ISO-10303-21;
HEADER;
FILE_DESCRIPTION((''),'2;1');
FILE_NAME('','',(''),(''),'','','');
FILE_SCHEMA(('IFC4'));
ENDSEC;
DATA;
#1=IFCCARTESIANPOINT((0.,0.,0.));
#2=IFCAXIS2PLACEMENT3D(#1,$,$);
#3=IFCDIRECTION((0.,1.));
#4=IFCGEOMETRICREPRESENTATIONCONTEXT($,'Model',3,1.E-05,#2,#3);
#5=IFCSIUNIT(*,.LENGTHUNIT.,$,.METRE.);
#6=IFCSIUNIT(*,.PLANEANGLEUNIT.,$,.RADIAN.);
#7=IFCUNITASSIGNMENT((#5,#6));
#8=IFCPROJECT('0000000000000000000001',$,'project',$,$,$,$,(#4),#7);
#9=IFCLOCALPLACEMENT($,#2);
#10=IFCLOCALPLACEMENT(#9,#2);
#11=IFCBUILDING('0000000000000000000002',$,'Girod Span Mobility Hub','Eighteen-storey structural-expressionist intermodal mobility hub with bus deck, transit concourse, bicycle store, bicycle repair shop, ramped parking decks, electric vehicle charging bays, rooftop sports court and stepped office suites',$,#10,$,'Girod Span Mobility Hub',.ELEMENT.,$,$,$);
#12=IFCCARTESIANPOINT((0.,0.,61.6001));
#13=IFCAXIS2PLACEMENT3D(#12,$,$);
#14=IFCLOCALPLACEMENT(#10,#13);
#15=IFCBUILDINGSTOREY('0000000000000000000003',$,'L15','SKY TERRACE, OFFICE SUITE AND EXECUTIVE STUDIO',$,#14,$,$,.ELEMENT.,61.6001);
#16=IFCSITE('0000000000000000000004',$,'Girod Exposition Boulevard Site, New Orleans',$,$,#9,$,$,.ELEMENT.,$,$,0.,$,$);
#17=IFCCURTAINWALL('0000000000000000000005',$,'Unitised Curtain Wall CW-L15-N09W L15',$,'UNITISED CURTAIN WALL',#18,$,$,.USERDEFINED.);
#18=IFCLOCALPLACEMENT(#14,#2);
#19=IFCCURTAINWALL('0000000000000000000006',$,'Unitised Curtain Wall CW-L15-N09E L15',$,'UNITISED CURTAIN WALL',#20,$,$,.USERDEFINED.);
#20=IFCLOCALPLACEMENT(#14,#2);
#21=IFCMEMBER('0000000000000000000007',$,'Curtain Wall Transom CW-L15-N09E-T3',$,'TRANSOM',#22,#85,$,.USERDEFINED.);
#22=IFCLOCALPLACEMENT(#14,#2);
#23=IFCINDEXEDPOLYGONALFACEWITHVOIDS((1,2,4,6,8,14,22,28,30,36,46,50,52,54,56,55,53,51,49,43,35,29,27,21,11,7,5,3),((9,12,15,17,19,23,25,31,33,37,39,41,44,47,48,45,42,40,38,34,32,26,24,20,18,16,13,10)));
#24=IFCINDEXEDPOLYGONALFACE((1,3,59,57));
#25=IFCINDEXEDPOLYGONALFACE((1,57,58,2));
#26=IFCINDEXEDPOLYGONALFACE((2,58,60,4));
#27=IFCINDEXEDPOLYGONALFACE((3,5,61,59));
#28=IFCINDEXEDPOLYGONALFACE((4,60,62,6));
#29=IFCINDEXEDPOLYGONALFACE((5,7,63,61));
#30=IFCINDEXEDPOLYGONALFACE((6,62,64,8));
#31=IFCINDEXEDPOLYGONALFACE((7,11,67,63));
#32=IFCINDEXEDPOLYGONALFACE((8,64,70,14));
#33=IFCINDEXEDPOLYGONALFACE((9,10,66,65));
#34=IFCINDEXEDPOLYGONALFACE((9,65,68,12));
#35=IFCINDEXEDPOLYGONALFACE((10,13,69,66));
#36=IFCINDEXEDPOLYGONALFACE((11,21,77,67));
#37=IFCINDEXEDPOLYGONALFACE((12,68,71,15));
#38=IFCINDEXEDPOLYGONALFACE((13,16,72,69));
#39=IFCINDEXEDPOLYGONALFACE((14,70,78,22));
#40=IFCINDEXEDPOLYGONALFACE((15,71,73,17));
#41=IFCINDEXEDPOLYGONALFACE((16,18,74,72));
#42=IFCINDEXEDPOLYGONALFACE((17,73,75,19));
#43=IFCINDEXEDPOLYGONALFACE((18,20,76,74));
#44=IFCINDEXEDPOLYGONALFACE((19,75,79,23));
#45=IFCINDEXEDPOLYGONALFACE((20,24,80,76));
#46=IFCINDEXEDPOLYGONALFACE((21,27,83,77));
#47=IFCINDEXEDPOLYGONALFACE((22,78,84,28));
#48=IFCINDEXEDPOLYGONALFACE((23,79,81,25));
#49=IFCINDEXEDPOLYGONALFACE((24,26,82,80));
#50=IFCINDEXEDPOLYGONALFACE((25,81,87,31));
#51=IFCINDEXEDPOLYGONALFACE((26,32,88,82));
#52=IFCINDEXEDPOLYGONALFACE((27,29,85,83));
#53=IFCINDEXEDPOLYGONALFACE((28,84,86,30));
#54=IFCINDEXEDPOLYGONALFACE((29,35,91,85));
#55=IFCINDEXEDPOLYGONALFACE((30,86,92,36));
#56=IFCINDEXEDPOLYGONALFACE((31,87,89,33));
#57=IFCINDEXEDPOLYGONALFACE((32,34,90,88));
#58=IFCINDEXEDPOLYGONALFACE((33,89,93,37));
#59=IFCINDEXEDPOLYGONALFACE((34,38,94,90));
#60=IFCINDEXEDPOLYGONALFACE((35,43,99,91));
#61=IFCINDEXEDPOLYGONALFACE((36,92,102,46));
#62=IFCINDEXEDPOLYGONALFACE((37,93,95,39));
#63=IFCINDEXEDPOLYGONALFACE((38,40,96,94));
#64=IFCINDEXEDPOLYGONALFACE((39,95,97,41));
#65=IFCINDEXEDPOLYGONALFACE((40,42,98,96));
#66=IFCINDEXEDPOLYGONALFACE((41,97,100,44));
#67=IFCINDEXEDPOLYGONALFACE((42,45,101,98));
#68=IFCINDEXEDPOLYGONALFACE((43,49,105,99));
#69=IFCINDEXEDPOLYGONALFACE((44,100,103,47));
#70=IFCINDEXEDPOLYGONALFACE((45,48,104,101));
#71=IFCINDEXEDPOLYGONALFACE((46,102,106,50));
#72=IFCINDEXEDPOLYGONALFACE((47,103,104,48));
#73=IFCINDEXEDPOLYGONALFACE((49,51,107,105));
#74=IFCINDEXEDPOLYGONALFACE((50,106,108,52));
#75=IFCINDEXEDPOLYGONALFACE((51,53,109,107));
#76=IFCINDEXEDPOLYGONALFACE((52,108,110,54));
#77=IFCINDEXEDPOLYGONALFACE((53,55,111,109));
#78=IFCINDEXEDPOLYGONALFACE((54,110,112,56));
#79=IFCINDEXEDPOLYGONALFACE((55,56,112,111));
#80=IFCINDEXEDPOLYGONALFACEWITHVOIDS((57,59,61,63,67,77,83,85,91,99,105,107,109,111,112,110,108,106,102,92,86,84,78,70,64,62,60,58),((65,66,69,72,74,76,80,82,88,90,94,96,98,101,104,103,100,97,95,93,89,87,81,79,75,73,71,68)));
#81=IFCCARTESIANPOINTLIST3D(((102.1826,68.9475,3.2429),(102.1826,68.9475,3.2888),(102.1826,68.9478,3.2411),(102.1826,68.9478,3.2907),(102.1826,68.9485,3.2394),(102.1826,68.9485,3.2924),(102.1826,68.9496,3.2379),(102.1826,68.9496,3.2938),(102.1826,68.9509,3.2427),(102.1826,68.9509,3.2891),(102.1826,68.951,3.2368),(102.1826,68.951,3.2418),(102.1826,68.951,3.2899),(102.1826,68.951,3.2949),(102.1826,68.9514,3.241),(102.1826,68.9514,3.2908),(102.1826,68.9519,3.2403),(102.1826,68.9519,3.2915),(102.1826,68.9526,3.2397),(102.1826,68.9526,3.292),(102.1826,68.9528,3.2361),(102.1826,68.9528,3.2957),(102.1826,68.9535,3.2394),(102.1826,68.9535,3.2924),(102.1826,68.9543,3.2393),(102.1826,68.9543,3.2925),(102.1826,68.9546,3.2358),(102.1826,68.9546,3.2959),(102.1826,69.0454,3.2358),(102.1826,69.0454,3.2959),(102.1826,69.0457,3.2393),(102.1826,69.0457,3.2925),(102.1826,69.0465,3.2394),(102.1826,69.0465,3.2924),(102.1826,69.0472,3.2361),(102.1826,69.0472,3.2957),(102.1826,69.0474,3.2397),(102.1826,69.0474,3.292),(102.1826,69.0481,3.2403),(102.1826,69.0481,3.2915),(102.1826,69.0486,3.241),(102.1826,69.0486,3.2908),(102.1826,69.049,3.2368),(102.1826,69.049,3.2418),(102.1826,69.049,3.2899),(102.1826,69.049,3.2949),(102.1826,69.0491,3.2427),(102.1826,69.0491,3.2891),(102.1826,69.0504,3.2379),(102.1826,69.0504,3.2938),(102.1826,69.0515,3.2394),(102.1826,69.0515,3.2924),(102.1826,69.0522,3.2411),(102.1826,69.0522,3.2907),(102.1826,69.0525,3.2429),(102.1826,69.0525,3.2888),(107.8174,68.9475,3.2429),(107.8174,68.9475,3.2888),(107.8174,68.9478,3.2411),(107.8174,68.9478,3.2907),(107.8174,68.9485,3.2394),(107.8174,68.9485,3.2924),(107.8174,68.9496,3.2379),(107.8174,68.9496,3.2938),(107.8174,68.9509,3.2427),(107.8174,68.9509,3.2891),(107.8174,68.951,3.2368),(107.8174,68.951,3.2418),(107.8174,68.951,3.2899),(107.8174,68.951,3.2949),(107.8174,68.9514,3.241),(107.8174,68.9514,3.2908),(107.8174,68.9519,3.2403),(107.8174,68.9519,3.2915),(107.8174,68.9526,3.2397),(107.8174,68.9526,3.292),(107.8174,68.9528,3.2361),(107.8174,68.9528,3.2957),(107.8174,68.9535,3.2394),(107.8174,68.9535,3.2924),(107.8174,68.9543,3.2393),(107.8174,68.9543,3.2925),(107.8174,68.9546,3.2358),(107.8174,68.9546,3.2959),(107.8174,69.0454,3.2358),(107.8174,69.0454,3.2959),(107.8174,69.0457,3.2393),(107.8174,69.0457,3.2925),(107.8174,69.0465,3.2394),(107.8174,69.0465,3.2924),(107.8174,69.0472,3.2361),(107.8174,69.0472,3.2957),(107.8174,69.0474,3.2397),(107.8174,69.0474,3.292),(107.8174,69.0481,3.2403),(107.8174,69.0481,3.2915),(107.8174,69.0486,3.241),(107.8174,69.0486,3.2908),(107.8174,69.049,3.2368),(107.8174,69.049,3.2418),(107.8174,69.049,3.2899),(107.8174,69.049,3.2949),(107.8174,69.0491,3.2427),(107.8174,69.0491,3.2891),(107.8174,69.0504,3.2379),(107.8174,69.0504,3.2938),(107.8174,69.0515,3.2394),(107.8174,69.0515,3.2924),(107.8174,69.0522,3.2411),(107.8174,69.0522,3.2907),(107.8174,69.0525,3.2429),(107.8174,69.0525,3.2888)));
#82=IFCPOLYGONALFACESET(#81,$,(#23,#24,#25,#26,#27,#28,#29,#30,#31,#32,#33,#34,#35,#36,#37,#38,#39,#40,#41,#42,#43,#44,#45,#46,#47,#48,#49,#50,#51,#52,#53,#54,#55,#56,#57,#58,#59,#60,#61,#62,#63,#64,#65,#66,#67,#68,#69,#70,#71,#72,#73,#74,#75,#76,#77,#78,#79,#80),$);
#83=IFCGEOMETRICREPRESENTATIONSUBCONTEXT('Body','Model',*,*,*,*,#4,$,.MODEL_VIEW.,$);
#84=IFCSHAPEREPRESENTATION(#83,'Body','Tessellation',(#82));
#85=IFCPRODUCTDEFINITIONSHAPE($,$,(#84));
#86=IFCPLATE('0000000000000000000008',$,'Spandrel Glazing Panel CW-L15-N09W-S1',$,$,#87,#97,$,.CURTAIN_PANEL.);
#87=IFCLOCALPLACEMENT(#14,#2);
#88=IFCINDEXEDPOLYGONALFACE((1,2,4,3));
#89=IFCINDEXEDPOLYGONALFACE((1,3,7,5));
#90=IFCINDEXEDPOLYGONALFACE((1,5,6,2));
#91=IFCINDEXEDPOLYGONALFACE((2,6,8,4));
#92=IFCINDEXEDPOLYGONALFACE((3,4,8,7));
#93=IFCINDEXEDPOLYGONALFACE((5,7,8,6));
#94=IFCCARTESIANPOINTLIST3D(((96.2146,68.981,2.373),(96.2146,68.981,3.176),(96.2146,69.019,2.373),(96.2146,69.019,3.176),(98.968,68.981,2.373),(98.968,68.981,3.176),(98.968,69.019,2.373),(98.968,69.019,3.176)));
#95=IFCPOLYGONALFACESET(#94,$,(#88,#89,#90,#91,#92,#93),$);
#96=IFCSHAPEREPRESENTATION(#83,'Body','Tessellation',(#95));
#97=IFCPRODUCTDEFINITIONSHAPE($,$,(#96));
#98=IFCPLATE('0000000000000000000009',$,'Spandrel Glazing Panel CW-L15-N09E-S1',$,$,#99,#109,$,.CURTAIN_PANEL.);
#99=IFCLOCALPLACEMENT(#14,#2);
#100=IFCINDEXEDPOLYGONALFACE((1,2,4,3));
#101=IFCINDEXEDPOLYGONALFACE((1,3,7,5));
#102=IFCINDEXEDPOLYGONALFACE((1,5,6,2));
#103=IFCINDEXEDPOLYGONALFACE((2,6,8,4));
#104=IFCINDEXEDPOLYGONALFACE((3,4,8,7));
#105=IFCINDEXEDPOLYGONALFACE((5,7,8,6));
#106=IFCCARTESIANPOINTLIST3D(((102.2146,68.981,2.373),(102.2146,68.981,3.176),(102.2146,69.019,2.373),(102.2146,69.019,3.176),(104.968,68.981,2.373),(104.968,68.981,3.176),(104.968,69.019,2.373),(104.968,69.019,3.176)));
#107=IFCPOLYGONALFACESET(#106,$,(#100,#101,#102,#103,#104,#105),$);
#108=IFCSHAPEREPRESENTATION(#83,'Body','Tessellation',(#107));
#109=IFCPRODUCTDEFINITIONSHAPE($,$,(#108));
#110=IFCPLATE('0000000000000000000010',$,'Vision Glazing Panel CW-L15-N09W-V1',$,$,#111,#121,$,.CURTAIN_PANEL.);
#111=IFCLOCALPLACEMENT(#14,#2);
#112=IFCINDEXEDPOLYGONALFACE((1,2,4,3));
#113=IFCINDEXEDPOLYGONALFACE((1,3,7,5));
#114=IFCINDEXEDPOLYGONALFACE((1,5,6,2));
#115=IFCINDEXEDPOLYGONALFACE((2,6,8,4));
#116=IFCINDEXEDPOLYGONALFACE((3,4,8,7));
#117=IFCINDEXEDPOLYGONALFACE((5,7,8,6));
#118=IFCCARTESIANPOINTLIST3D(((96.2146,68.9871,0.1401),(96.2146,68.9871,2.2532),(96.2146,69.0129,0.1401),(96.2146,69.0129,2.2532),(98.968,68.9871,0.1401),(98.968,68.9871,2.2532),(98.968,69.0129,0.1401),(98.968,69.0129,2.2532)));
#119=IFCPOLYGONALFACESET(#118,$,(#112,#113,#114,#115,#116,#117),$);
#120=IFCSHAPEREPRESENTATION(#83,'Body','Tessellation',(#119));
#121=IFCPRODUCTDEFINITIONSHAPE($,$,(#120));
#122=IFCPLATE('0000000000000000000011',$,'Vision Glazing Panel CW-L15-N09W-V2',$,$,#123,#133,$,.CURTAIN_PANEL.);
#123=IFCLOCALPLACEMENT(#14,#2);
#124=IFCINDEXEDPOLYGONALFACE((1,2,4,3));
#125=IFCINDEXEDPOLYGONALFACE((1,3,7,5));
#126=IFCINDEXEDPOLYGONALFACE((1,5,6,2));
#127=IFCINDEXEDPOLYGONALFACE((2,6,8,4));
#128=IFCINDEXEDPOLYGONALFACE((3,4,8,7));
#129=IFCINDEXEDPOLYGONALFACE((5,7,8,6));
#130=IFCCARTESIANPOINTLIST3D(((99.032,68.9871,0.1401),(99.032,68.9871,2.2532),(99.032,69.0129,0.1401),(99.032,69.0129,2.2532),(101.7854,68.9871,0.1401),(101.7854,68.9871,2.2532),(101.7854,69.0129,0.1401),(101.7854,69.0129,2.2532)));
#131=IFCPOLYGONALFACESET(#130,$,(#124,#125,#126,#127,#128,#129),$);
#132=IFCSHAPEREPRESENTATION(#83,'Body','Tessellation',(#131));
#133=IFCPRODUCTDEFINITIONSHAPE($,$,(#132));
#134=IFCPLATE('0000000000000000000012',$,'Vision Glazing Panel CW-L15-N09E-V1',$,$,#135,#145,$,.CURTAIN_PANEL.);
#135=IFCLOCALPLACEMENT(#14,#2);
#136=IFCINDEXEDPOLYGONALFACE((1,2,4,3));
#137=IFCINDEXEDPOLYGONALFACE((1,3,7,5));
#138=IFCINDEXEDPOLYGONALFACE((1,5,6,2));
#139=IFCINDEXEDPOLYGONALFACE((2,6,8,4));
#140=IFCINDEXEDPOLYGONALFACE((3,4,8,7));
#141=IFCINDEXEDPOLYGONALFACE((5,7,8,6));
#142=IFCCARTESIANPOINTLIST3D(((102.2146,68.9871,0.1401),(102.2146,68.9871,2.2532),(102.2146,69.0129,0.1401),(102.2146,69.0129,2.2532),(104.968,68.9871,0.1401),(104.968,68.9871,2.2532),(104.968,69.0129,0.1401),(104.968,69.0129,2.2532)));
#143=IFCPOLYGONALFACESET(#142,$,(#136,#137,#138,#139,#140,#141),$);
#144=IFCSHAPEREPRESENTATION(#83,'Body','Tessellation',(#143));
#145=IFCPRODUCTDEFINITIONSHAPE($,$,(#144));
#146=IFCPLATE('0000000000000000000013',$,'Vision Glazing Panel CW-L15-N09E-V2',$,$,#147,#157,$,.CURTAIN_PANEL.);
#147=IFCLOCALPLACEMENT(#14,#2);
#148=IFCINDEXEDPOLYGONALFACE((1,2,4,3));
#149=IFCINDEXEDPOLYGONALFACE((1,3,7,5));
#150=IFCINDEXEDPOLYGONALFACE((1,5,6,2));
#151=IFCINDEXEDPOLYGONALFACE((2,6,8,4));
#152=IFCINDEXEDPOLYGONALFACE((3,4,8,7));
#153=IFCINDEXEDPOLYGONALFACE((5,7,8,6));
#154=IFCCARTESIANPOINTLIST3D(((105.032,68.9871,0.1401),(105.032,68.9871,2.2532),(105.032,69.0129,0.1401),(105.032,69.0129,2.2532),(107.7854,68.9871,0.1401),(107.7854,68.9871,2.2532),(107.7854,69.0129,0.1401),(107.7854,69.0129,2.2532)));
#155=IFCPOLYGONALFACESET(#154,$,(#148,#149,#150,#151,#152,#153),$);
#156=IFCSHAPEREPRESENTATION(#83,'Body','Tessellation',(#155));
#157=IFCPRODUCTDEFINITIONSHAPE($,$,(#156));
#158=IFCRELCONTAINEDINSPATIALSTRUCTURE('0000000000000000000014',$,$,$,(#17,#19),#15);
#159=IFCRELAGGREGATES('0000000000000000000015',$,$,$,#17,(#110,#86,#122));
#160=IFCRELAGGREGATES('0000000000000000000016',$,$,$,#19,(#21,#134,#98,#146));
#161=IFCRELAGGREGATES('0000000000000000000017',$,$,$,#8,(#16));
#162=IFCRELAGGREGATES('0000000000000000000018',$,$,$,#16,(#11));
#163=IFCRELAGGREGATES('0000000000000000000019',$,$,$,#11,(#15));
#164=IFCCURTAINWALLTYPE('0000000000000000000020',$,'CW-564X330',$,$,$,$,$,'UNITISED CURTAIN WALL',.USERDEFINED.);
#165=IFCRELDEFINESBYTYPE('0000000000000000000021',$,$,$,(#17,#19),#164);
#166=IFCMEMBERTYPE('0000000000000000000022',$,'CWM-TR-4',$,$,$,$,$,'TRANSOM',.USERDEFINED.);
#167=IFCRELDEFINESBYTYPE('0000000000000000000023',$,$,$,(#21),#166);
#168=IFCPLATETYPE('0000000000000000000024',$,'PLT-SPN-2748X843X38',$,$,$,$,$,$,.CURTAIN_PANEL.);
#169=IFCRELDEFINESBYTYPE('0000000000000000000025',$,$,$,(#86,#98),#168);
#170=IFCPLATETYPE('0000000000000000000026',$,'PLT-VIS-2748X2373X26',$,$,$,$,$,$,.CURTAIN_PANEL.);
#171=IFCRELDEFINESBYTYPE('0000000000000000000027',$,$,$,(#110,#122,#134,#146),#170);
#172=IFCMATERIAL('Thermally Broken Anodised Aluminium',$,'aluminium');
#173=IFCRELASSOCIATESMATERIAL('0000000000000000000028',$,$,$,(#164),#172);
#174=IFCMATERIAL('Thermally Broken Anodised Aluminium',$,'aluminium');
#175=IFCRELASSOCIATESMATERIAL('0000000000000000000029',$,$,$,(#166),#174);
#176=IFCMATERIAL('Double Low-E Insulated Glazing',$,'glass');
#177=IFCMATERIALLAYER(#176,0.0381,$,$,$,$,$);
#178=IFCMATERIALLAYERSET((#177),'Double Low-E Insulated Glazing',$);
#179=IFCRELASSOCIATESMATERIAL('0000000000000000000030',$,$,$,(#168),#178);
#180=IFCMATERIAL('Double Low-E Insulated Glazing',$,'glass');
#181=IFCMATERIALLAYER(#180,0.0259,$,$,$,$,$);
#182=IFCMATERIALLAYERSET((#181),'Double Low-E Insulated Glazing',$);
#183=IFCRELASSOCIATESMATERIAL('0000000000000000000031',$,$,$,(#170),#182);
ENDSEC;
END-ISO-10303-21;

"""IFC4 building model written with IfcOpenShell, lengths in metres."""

from ifc_helpers import new_model, si_unit, direction, frame, origin, origin_2d, place, context, subcontext, project, spatial, rectangle, hollow_rectangle, extrude, material, layer, layer_set, material_profile, profile_set, type_object, element, aggregate, save


model = new_model("IFC4")

# Units and contexts
model_context = context("Model", 3, precision=1e-05, world=origin(), true_north=direction((0.0, 1.0)))
body_context = subcontext(model_context, "Body", "Model", "MODEL_VIEW")
ifc_project = project(units=[si_unit("LENGTHUNIT", "METRE"), si_unit("PLANEANGLEUNIT", "RADIAN")], contexts=[model_context])

# Site, building, storey
site_placement = place(None, origin())
site = spatial("IfcSite", under=ifc_project, at=site_placement, Name="Girod Exposition Boulevard Site, New Orleans", CompositionType="ELEMENT", RefElevation=0.0)
building_placement = place(site_placement, origin())
building = spatial("IfcBuilding", under=site, at=building_placement, Name="Girod Span Mobility Hub", Description="Eighteen-storey structural-expressionist intermodal mobility hub with bus deck, transit concourse, bicycle store, bicycle repair shop, ramped parking decks, electric vehicle charging bays, rooftop sports court and stepped office suites", LongName="Girod Span Mobility Hub", CompositionType="ELEMENT")
storey_placement = place(building_placement, frame((0.0, 0.0, 61.6001)))
storey = spatial("IfcBuildingStorey", under=building, at=storey_placement, Name="L15", Description="SKY TERRACE, OFFICE SUITE AND EXECUTIVE STUDIO", CompositionType="ELEMENT", Elevation=61.6001)

# Curtain walls
ifc_material_1 = material(Name="Thermally Broken Anodised Aluminium", Category="aluminium")
curtain_wall_type = type_object("IfcCurtainWallType", Name="CW-564X330", ElementType="UNITISED CURTAIN WALL", PredefinedType="USERDEFINED", material=ifc_material_1)
curtain_wall_1_placement = place(storey_placement, origin())
curtain_wall_1 = element("IfcCurtainWall", 1, at=curtain_wall_1_placement, inside=storey, type_object=curtain_wall_type, Name="Unitised Curtain Wall CW-L15-N09W L15", ObjectType="UNITISED CURTAIN WALL", PredefinedType="USERDEFINED")
curtain_wall_2_placement = place(storey_placement, origin())
curtain_wall_2 = element("IfcCurtainWall", 2, at=curtain_wall_2_placement, inside=storey, type_object=curtain_wall_type, Name="Unitised Curtain Wall CW-L15-N09E L15", ObjectType="UNITISED CURTAIN WALL", PredefinedType="USERDEFINED")

# Member
ifc_material_2 = material(Name="Thermally Broken Anodised Aluminium", Category="aluminium")
ifc_material_profile_1 = material_profile(ifc_material_2, hollow_rectangle(XDim=0.105, YDim=0.0601, WallThickness=0.0034, InnerFilletRadius=0.0034, OuterFilletRadius=0.0071, at=origin_2d()), Name="CW-TR-60X105")
ifc_profile_set_1 = profile_set([ifc_material_profile_1], Name="Thermally Broken Anodised Aluminium")
member_type_1 = type_object("IfcMemberType", Name="CWM-TR-4", ElementType="TRANSOM", PredefinedType="USERDEFINED", material=ifc_profile_set_1)
member_1_placement = place(storey_placement, frame((102.1826, 69.0, 3.2659), z_axis=(1.0, 0.0, 0.0), x_axis=(0.0, 1.0, 0.0)))
member_1 = element("IfcMember", 3, at=member_1_placement, type_object=member_type_1, Name="Curtain Wall Transom CW-L15-N09E-T3", ObjectType="TRANSOM", PredefinedType="USERDEFINED", context=body_context, shape_type="SweptSolid", body=[
    extrude(hollow_rectangle(XDim=0.105, YDim=0.0601, WallThickness=0.0034, InnerFilletRadius=0.0034, OuterFilletRadius=0.0071, at=origin_2d()), origin(), (0.0, 0.0, 1.0), 5.6348),
])

# Plates
ifc_material_3 = material(Name="Double Low-E Insulated Glazing", Category="glass")
ifc_layer_1 = layer(ifc_material_3, 0.0381)
ifc_layer_set_1 = layer_set([ifc_layer_1], Name="Double Low-E Insulated Glazing")
plate_type_1 = type_object("IfcPlateType", Name="PLT-SPN-2748X843X38", PredefinedType="CURTAIN_PANEL", material=ifc_layer_set_1)
plate_1_placement = place(storey_placement, frame((97.5913, 69.0, 2.373), z_axis=(0.0, 0.0, 1.0), x_axis=(1.0, 0.0, 0.0)))
plate_1 = element("IfcPlate", 4, at=plate_1_placement, type_object=plate_type_1, Name="Spandrel Glazing Panel CW-L15-N09W-S1", PredefinedType="CURTAIN_PANEL", context=body_context, shape_type="SweptSolid", body=[
    extrude(rectangle(XDim=2.7534, YDim=0.0381, at=origin_2d()), origin(), (0.0, 0.0, 1.0), 0.803),
])
plate_2_placement = place(storey_placement, frame((103.5913, 69.0, 2.373), z_axis=(0.0, 0.0, 1.0), x_axis=(1.0, 0.0, 0.0)))
plate_2 = element("IfcPlate", 5, at=plate_2_placement, type_object=plate_type_1, Name="Spandrel Glazing Panel CW-L15-N09E-S1", PredefinedType="CURTAIN_PANEL", context=body_context, shape_type="SweptSolid", body=[
    extrude(rectangle(XDim=2.7534, YDim=0.0381, at=origin_2d()), origin(), (0.0, 0.0, 1.0), 0.803),
])
ifc_material_4 = material(Name="Double Low-E Insulated Glazing", Category="glass")
ifc_layer_2 = layer(ifc_material_4, 0.0259)
ifc_layer_set_2 = layer_set([ifc_layer_2], Name="Double Low-E Insulated Glazing")
plate_type_2 = type_object("IfcPlateType", Name="PLT-VIS-2748X2373X26", PredefinedType="CURTAIN_PANEL", material=ifc_layer_set_2)
plate_3_placement = place(storey_placement, frame((97.5913, 69.0, 0.1401), z_axis=(0.0, 0.0, 1.0), x_axis=(1.0, 0.0, 0.0)))
plate_3 = element("IfcPlate", 6, at=plate_3_placement, type_object=plate_type_2, Name="Vision Glazing Panel CW-L15-N09W-V1", PredefinedType="CURTAIN_PANEL", context=body_context, shape_type="SweptSolid", body=[
    extrude(rectangle(XDim=2.7534, YDim=0.0259, at=origin_2d()), origin(), (0.0, 0.0, 1.0), 2.113),
])
plate_4_placement = place(storey_placement, frame((100.4087, 69.0, 0.1401), z_axis=(0.0, 0.0, 1.0), x_axis=(1.0, 0.0, 0.0)))
plate_4 = element("IfcPlate", 7, at=plate_4_placement, type_object=plate_type_2, Name="Vision Glazing Panel CW-L15-N09W-V2", PredefinedType="CURTAIN_PANEL", context=body_context, shape_type="SweptSolid", body=[
    extrude(rectangle(XDim=2.7534, YDim=0.0259, at=origin_2d()), origin(), (0.0, 0.0, 1.0), 2.113),
])
aggregate(curtain_wall_1, [plate_3, plate_1, plate_4])
plate_5_placement = place(storey_placement, frame((103.5913, 69.0, 0.1401), z_axis=(0.0, 0.0, 1.0), x_axis=(1.0, 0.0, 0.0)))
plate_5 = element("IfcPlate", 8, at=plate_5_placement, type_object=plate_type_2, Name="Vision Glazing Panel CW-L15-N09E-V1", PredefinedType="CURTAIN_PANEL", context=body_context, shape_type="SweptSolid", body=[
    extrude(rectangle(XDim=2.7534, YDim=0.0259, at=origin_2d()), origin(), (0.0, 0.0, 1.0), 2.113),
])
plate_6_placement = place(storey_placement, frame((106.4087, 69.0, 0.1401), z_axis=(0.0, 0.0, 1.0), x_axis=(1.0, 0.0, 0.0)))
plate_6 = element("IfcPlate", 9, at=plate_6_placement, type_object=plate_type_2, Name="Vision Glazing Panel CW-L15-N09E-V2", PredefinedType="CURTAIN_PANEL", context=body_context, shape_type="SweptSolid", body=[
    extrude(rectangle(XDim=2.7534, YDim=0.0259, at=origin_2d()), origin(), (0.0, 0.0, 1.0), 2.113),
])
aggregate(curtain_wall_2, [member_1, plate_5, plate_2, plate_6])

save(model, "model.ifc")
